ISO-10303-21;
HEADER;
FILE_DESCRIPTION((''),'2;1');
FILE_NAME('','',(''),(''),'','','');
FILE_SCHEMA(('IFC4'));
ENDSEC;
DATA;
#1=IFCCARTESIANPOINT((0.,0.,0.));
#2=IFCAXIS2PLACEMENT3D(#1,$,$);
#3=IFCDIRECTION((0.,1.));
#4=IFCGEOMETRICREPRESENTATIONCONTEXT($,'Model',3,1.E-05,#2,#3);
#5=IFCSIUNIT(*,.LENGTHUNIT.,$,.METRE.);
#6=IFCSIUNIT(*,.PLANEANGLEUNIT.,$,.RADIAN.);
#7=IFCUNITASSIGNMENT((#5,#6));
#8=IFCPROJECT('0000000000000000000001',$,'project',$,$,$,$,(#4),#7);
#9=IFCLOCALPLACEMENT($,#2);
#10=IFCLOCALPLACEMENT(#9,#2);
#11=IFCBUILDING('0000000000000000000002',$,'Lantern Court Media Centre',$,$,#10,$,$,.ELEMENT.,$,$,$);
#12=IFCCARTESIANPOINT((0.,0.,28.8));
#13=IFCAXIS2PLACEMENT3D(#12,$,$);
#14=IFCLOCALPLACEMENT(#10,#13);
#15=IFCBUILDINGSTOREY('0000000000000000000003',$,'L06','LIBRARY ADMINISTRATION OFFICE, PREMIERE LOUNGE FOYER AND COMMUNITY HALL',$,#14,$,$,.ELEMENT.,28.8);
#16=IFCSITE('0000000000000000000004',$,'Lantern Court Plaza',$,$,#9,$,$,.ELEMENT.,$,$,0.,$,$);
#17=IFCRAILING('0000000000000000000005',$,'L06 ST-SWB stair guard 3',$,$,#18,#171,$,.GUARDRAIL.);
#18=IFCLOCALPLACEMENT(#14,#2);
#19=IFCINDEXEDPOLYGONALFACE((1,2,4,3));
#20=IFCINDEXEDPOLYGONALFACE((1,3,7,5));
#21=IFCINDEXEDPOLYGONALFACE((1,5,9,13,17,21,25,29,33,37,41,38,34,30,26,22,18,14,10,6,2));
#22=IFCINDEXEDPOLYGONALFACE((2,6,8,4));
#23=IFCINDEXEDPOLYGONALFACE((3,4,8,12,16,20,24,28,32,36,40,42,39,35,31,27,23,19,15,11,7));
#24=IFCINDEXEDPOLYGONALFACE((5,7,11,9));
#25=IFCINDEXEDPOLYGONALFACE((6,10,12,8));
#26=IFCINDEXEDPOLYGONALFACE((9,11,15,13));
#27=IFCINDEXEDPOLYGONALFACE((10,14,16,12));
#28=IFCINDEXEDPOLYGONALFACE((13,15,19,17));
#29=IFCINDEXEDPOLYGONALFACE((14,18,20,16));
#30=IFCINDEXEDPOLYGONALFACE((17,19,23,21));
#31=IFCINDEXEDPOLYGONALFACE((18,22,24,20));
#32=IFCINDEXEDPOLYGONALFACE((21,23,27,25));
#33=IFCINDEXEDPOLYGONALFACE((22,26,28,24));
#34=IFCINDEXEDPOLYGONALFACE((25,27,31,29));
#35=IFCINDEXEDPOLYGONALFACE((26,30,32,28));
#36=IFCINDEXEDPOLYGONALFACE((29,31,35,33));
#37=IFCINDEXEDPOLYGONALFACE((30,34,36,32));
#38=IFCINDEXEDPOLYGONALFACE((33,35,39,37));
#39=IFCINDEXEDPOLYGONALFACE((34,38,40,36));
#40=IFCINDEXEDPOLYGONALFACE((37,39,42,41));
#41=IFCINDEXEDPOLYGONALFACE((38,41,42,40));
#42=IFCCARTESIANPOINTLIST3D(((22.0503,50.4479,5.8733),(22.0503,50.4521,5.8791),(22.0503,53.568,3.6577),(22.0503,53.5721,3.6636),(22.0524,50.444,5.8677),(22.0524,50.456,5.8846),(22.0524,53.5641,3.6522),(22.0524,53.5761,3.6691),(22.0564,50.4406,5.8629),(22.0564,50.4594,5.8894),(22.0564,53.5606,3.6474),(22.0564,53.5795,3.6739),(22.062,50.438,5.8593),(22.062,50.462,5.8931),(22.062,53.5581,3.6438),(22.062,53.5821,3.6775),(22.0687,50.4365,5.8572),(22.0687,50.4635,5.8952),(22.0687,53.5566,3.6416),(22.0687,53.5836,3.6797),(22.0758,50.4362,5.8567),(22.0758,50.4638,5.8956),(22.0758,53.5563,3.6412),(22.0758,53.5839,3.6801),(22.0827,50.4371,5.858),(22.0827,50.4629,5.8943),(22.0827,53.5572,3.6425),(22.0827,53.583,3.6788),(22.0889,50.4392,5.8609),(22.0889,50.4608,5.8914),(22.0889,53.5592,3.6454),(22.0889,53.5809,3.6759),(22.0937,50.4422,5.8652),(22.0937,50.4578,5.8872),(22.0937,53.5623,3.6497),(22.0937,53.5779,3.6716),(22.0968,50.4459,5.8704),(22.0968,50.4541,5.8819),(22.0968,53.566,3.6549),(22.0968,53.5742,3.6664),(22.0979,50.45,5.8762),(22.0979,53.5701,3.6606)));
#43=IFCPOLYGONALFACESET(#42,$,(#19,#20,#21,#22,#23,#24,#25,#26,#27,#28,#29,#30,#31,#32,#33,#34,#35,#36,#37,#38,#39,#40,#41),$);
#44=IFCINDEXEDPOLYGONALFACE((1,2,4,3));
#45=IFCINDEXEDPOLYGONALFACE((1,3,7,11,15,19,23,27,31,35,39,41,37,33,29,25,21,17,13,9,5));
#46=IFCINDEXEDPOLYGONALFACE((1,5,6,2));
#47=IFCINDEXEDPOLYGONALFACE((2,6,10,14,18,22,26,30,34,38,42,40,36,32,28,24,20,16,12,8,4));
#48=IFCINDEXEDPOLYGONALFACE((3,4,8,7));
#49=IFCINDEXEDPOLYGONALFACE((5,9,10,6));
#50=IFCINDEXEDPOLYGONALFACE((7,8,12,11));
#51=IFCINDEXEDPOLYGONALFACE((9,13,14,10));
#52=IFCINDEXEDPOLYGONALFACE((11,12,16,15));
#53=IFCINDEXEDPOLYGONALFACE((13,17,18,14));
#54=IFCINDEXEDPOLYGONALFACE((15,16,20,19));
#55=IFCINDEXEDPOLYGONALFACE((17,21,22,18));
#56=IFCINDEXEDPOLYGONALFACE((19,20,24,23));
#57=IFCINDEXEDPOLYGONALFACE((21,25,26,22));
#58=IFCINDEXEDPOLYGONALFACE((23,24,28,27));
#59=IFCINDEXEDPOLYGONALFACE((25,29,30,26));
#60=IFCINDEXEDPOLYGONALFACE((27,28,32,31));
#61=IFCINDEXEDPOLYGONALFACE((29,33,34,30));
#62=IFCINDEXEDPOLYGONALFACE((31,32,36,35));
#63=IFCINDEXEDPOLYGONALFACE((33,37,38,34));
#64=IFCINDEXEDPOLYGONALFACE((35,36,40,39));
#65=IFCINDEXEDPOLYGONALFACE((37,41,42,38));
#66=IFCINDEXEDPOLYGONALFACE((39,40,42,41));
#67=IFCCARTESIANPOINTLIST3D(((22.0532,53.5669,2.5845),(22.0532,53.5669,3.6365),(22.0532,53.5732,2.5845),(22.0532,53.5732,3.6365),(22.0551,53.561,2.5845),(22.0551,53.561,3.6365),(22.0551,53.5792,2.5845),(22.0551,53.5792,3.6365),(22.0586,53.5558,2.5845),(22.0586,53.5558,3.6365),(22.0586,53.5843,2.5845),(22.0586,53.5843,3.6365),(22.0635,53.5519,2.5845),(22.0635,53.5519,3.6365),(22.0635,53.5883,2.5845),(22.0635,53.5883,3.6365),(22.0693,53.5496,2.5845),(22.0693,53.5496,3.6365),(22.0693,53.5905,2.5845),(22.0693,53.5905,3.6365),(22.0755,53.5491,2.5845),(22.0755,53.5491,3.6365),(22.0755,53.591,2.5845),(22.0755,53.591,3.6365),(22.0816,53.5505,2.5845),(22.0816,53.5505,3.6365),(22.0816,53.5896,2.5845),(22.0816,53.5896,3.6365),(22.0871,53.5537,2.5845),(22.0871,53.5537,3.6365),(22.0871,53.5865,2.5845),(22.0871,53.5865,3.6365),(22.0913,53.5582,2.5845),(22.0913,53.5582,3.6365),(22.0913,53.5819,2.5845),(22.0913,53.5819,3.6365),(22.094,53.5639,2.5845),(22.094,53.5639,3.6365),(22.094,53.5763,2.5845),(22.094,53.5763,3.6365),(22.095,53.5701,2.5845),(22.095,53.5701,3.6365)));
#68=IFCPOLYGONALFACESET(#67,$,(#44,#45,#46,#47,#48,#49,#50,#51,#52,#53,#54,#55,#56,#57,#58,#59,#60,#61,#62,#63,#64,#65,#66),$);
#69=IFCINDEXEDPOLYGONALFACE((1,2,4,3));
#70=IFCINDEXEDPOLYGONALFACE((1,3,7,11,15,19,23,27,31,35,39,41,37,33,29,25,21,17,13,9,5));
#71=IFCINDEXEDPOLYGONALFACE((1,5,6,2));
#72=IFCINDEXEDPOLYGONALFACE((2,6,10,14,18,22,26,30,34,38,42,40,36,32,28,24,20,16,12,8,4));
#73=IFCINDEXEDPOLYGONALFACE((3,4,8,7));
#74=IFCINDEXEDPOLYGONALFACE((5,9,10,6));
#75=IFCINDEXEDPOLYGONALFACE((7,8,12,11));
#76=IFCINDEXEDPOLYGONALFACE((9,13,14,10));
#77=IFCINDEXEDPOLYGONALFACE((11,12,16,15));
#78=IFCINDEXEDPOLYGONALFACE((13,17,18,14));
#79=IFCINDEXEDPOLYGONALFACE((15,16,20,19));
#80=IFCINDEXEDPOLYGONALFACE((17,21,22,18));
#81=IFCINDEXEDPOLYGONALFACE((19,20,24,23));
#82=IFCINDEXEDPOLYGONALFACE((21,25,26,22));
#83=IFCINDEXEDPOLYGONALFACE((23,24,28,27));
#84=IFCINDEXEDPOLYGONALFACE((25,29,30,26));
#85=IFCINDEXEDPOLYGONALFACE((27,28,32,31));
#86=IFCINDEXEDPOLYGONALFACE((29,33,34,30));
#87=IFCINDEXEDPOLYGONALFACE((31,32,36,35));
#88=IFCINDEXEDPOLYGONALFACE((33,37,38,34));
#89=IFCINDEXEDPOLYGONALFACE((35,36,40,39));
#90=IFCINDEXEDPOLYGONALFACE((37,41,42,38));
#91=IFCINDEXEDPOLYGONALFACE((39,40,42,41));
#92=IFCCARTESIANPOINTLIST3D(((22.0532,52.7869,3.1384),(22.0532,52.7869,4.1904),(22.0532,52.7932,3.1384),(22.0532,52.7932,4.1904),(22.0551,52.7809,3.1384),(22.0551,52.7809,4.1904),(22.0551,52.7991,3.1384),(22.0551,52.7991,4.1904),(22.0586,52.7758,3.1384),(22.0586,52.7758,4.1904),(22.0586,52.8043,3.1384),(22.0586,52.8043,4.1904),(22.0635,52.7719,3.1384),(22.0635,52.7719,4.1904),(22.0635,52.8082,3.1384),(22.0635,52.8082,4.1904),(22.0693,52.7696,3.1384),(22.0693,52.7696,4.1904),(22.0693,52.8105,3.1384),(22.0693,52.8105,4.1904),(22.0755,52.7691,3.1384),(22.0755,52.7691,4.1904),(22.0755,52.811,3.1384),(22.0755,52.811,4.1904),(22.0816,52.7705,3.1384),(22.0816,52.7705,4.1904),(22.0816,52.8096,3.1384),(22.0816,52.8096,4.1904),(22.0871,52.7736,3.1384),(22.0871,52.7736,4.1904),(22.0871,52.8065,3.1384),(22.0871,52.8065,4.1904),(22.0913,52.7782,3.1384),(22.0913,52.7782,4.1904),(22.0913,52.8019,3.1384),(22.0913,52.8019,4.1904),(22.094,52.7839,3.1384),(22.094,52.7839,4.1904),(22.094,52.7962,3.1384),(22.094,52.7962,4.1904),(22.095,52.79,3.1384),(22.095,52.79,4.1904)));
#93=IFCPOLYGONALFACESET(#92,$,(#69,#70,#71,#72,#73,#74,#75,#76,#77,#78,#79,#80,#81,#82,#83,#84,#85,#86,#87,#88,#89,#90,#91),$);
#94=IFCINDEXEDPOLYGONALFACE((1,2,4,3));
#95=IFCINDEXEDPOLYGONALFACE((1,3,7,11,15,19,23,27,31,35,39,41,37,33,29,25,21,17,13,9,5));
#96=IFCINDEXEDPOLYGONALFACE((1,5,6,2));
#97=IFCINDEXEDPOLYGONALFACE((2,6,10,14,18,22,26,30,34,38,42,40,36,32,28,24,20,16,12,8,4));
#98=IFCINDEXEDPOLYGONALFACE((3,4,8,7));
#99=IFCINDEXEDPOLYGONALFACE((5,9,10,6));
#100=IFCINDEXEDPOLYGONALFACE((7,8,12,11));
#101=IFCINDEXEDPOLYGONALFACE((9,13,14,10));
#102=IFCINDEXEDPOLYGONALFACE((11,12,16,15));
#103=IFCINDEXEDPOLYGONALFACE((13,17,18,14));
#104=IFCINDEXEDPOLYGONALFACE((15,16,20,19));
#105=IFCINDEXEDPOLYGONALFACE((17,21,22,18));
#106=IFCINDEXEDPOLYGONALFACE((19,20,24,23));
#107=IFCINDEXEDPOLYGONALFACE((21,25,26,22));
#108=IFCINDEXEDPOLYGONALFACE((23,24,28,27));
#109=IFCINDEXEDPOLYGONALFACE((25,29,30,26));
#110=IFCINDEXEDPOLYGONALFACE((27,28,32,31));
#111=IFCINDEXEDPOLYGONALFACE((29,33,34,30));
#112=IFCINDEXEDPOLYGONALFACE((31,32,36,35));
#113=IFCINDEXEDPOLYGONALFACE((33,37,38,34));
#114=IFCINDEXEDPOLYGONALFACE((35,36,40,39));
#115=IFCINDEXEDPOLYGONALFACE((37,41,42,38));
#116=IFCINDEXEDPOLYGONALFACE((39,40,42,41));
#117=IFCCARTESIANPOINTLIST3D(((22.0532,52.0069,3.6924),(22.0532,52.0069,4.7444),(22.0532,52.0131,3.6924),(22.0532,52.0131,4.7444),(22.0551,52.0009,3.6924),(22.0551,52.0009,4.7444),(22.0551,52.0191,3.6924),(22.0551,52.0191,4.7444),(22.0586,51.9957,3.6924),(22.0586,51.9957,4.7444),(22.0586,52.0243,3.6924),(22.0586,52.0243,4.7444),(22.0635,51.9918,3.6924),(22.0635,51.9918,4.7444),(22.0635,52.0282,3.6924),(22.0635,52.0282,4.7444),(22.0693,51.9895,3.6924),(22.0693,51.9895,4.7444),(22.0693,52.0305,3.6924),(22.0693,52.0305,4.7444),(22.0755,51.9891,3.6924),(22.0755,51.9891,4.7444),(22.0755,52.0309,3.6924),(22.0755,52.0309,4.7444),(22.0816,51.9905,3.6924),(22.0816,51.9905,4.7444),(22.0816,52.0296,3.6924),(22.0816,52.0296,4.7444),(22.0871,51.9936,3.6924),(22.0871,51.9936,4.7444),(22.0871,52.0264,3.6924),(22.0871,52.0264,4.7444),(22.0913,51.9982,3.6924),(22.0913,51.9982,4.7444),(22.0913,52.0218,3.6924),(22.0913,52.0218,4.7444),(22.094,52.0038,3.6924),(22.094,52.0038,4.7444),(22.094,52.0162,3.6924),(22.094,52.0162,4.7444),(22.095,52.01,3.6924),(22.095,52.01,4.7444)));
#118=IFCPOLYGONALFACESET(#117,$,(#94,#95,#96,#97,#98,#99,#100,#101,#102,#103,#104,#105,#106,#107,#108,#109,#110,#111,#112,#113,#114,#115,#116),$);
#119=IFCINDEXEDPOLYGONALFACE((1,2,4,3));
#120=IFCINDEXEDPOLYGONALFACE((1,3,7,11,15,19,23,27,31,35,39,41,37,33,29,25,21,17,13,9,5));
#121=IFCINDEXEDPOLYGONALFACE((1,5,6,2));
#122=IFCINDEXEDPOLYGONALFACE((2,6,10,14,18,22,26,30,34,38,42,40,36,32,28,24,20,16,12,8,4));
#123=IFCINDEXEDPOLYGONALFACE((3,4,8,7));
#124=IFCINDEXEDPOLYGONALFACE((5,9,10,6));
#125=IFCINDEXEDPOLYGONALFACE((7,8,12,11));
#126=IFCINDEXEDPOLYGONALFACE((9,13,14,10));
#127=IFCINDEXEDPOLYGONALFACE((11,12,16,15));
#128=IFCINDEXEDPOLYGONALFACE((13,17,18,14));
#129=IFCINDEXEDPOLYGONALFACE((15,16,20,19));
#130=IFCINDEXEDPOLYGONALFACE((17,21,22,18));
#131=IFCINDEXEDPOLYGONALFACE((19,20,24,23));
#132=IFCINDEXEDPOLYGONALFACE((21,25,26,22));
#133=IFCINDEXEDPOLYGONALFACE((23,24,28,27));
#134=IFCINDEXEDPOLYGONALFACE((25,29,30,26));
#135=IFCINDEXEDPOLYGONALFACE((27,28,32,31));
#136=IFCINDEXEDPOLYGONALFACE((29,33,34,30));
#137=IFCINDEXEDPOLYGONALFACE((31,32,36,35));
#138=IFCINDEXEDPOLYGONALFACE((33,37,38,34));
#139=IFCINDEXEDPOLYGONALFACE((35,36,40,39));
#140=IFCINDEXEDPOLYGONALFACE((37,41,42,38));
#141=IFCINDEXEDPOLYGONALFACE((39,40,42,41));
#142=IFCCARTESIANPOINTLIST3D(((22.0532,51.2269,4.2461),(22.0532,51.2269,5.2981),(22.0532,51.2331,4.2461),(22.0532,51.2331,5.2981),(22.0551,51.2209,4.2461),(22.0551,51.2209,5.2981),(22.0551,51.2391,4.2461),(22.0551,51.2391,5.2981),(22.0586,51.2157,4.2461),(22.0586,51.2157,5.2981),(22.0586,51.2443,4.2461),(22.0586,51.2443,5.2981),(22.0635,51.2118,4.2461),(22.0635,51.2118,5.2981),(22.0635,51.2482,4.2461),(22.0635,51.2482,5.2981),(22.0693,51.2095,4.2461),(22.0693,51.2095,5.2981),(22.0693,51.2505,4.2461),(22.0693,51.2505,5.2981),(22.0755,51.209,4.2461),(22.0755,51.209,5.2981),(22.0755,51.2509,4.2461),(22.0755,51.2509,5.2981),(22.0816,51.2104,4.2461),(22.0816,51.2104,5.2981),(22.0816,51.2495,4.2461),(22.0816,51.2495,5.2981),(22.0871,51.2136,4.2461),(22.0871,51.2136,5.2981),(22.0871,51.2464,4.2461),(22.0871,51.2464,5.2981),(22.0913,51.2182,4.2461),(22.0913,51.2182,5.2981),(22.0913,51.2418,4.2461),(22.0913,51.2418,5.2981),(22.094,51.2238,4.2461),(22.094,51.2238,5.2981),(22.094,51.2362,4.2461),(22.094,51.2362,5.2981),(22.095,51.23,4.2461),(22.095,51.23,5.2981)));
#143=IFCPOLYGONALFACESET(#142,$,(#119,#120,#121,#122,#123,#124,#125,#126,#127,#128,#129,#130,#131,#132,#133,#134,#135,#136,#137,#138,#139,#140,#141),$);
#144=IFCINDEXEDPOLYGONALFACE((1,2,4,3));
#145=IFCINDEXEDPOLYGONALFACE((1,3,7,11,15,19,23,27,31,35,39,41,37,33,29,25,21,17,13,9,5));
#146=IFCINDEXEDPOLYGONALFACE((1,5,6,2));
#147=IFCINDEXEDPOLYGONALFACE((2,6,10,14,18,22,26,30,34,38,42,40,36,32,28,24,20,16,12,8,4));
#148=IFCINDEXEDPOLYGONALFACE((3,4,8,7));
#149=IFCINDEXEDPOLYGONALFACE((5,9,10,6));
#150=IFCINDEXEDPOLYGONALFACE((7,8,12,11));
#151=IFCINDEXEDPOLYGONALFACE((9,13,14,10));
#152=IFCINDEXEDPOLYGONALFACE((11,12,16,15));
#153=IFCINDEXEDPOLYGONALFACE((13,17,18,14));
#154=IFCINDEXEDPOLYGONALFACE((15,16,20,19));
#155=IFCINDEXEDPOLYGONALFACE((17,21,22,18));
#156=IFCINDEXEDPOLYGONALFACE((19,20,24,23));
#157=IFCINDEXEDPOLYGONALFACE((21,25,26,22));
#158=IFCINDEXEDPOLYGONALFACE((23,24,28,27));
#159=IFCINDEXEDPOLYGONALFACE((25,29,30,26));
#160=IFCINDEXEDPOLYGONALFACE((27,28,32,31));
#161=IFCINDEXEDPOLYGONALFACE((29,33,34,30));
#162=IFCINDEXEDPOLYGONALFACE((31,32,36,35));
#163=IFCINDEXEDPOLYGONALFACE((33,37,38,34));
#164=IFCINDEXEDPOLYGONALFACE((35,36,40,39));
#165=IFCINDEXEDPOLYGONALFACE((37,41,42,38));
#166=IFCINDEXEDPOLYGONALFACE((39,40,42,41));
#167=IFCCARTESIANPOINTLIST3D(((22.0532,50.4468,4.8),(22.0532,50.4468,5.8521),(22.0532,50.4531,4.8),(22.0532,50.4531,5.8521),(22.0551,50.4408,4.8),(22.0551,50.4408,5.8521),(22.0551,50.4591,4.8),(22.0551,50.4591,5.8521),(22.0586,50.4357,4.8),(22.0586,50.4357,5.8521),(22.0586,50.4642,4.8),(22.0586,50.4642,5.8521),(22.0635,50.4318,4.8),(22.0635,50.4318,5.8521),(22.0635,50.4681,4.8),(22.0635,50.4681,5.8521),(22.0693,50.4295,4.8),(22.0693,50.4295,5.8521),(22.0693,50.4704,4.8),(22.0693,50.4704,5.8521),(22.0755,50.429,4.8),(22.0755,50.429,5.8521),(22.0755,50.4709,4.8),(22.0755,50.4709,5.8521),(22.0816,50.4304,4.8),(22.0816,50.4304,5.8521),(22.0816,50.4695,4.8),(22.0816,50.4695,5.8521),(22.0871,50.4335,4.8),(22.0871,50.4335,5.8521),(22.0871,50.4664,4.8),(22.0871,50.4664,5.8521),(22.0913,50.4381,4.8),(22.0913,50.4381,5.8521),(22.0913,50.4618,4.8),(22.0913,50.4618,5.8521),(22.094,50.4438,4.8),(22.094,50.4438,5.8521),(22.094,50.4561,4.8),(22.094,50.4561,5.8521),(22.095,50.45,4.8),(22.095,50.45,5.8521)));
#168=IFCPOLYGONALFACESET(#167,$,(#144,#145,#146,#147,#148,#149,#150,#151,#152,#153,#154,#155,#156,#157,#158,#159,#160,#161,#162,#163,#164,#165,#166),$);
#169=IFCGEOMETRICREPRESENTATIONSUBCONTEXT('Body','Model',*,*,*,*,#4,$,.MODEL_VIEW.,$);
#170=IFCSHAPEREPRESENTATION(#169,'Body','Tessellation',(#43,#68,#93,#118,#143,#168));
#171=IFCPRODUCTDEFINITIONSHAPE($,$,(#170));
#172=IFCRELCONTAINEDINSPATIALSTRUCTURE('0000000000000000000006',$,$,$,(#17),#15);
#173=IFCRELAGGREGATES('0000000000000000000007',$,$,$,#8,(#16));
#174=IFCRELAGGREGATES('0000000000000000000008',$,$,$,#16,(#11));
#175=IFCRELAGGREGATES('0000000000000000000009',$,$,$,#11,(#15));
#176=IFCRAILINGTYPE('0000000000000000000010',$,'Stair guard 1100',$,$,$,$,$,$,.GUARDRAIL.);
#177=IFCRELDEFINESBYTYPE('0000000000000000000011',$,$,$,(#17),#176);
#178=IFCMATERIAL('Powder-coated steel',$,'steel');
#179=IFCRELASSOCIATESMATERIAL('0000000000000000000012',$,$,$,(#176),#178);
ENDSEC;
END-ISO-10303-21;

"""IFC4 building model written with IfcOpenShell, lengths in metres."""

from ifc_helpers import new_model, si_unit, direction, frame, origin, origin_2d, place, context, subcontext, project, spatial, circle, extrude, material, type_object, element, save


model = new_model("IFC4")

# Units and contexts
model_context = context("Model", 3, precision=1e-05, world=origin(), true_north=direction((0.0, 1.0)))
body_context = subcontext(model_context, "Body", "Model", "MODEL_VIEW")
ifc_project = project(units=[si_unit("LENGTHUNIT", "METRE"), si_unit("PLANEANGLEUNIT", "RADIAN")], contexts=[model_context])

# Site, building, storey
site_placement = place(None, origin())
site = spatial("IfcSite", under=ifc_project, at=site_placement, Name="Lantern Court Plaza", CompositionType="ELEMENT", RefElevation=0.0)
building_placement = place(site_placement, origin())
building = spatial("IfcBuilding", under=site, at=building_placement, Name="Lantern Court Media Centre", CompositionType="ELEMENT")
storey_placement = place(building_placement, frame((0.0, 0.0, 28.8)))
storey = spatial("IfcBuildingStorey", under=building, at=storey_placement, Name="L06", Description="LIBRARY ADMINISTRATION OFFICE, PREMIERE LOUNGE FOYER AND COMMUNITY HALL", CompositionType="ELEMENT", Elevation=28.8)

# Railing
ifc_material_1 = material(Name="Powder-coated steel", Category="steel")
railing_type_1 = type_object("IfcRailingType", Name="Stair guard 1100", PredefinedType="GUARDRAIL", material=ifc_material_1)
railing_1_placement = place(storey_placement, frame((22.074, 53.5701, 2.5845)))
element("IfcRailing", 1, at=railing_1_placement, inside=storey, type_object=railing_type_1, Name="L06 ST-SWB stair guard 3", PredefinedType="GUARDRAIL", context=body_context, shape_type="SweptSolid", body=[
    extrude(circle(Radius=0.0239, at=origin_2d()), frame((0.0, 0.0, 1.0762), z_axis=(0.0, -0.815347, 0.578973), x_axis=(1.0, 0.0, 0.0)), (0.0, 0.0, 1.0), 3.8267),
    extrude(circle(Radius=0.021, at=origin_2d()), origin(), (0.0, 0.0, 1.0), 1.052),
    extrude(circle(Radius=0.021, at=origin_2d()), frame((0.0, -0.78, 0.554)), (0.0, 0.0, 1.0), 1.052),
    extrude(circle(Radius=0.021, at=origin_2d()), frame((0.0, -1.5601, 1.1079)), (0.0, 0.0, 1.0), 1.052),
    extrude(circle(Radius=0.021, at=origin_2d()), frame((0.0, -2.3401, 1.6616)), (0.0, 0.0, 1.0), 1.052),
    extrude(circle(Radius=0.021, at=origin_2d()), frame((0.0, -3.1201, 2.2156)), (0.0, 0.0, 1.0), 1.052),
])

save(model, "model.ifc")
